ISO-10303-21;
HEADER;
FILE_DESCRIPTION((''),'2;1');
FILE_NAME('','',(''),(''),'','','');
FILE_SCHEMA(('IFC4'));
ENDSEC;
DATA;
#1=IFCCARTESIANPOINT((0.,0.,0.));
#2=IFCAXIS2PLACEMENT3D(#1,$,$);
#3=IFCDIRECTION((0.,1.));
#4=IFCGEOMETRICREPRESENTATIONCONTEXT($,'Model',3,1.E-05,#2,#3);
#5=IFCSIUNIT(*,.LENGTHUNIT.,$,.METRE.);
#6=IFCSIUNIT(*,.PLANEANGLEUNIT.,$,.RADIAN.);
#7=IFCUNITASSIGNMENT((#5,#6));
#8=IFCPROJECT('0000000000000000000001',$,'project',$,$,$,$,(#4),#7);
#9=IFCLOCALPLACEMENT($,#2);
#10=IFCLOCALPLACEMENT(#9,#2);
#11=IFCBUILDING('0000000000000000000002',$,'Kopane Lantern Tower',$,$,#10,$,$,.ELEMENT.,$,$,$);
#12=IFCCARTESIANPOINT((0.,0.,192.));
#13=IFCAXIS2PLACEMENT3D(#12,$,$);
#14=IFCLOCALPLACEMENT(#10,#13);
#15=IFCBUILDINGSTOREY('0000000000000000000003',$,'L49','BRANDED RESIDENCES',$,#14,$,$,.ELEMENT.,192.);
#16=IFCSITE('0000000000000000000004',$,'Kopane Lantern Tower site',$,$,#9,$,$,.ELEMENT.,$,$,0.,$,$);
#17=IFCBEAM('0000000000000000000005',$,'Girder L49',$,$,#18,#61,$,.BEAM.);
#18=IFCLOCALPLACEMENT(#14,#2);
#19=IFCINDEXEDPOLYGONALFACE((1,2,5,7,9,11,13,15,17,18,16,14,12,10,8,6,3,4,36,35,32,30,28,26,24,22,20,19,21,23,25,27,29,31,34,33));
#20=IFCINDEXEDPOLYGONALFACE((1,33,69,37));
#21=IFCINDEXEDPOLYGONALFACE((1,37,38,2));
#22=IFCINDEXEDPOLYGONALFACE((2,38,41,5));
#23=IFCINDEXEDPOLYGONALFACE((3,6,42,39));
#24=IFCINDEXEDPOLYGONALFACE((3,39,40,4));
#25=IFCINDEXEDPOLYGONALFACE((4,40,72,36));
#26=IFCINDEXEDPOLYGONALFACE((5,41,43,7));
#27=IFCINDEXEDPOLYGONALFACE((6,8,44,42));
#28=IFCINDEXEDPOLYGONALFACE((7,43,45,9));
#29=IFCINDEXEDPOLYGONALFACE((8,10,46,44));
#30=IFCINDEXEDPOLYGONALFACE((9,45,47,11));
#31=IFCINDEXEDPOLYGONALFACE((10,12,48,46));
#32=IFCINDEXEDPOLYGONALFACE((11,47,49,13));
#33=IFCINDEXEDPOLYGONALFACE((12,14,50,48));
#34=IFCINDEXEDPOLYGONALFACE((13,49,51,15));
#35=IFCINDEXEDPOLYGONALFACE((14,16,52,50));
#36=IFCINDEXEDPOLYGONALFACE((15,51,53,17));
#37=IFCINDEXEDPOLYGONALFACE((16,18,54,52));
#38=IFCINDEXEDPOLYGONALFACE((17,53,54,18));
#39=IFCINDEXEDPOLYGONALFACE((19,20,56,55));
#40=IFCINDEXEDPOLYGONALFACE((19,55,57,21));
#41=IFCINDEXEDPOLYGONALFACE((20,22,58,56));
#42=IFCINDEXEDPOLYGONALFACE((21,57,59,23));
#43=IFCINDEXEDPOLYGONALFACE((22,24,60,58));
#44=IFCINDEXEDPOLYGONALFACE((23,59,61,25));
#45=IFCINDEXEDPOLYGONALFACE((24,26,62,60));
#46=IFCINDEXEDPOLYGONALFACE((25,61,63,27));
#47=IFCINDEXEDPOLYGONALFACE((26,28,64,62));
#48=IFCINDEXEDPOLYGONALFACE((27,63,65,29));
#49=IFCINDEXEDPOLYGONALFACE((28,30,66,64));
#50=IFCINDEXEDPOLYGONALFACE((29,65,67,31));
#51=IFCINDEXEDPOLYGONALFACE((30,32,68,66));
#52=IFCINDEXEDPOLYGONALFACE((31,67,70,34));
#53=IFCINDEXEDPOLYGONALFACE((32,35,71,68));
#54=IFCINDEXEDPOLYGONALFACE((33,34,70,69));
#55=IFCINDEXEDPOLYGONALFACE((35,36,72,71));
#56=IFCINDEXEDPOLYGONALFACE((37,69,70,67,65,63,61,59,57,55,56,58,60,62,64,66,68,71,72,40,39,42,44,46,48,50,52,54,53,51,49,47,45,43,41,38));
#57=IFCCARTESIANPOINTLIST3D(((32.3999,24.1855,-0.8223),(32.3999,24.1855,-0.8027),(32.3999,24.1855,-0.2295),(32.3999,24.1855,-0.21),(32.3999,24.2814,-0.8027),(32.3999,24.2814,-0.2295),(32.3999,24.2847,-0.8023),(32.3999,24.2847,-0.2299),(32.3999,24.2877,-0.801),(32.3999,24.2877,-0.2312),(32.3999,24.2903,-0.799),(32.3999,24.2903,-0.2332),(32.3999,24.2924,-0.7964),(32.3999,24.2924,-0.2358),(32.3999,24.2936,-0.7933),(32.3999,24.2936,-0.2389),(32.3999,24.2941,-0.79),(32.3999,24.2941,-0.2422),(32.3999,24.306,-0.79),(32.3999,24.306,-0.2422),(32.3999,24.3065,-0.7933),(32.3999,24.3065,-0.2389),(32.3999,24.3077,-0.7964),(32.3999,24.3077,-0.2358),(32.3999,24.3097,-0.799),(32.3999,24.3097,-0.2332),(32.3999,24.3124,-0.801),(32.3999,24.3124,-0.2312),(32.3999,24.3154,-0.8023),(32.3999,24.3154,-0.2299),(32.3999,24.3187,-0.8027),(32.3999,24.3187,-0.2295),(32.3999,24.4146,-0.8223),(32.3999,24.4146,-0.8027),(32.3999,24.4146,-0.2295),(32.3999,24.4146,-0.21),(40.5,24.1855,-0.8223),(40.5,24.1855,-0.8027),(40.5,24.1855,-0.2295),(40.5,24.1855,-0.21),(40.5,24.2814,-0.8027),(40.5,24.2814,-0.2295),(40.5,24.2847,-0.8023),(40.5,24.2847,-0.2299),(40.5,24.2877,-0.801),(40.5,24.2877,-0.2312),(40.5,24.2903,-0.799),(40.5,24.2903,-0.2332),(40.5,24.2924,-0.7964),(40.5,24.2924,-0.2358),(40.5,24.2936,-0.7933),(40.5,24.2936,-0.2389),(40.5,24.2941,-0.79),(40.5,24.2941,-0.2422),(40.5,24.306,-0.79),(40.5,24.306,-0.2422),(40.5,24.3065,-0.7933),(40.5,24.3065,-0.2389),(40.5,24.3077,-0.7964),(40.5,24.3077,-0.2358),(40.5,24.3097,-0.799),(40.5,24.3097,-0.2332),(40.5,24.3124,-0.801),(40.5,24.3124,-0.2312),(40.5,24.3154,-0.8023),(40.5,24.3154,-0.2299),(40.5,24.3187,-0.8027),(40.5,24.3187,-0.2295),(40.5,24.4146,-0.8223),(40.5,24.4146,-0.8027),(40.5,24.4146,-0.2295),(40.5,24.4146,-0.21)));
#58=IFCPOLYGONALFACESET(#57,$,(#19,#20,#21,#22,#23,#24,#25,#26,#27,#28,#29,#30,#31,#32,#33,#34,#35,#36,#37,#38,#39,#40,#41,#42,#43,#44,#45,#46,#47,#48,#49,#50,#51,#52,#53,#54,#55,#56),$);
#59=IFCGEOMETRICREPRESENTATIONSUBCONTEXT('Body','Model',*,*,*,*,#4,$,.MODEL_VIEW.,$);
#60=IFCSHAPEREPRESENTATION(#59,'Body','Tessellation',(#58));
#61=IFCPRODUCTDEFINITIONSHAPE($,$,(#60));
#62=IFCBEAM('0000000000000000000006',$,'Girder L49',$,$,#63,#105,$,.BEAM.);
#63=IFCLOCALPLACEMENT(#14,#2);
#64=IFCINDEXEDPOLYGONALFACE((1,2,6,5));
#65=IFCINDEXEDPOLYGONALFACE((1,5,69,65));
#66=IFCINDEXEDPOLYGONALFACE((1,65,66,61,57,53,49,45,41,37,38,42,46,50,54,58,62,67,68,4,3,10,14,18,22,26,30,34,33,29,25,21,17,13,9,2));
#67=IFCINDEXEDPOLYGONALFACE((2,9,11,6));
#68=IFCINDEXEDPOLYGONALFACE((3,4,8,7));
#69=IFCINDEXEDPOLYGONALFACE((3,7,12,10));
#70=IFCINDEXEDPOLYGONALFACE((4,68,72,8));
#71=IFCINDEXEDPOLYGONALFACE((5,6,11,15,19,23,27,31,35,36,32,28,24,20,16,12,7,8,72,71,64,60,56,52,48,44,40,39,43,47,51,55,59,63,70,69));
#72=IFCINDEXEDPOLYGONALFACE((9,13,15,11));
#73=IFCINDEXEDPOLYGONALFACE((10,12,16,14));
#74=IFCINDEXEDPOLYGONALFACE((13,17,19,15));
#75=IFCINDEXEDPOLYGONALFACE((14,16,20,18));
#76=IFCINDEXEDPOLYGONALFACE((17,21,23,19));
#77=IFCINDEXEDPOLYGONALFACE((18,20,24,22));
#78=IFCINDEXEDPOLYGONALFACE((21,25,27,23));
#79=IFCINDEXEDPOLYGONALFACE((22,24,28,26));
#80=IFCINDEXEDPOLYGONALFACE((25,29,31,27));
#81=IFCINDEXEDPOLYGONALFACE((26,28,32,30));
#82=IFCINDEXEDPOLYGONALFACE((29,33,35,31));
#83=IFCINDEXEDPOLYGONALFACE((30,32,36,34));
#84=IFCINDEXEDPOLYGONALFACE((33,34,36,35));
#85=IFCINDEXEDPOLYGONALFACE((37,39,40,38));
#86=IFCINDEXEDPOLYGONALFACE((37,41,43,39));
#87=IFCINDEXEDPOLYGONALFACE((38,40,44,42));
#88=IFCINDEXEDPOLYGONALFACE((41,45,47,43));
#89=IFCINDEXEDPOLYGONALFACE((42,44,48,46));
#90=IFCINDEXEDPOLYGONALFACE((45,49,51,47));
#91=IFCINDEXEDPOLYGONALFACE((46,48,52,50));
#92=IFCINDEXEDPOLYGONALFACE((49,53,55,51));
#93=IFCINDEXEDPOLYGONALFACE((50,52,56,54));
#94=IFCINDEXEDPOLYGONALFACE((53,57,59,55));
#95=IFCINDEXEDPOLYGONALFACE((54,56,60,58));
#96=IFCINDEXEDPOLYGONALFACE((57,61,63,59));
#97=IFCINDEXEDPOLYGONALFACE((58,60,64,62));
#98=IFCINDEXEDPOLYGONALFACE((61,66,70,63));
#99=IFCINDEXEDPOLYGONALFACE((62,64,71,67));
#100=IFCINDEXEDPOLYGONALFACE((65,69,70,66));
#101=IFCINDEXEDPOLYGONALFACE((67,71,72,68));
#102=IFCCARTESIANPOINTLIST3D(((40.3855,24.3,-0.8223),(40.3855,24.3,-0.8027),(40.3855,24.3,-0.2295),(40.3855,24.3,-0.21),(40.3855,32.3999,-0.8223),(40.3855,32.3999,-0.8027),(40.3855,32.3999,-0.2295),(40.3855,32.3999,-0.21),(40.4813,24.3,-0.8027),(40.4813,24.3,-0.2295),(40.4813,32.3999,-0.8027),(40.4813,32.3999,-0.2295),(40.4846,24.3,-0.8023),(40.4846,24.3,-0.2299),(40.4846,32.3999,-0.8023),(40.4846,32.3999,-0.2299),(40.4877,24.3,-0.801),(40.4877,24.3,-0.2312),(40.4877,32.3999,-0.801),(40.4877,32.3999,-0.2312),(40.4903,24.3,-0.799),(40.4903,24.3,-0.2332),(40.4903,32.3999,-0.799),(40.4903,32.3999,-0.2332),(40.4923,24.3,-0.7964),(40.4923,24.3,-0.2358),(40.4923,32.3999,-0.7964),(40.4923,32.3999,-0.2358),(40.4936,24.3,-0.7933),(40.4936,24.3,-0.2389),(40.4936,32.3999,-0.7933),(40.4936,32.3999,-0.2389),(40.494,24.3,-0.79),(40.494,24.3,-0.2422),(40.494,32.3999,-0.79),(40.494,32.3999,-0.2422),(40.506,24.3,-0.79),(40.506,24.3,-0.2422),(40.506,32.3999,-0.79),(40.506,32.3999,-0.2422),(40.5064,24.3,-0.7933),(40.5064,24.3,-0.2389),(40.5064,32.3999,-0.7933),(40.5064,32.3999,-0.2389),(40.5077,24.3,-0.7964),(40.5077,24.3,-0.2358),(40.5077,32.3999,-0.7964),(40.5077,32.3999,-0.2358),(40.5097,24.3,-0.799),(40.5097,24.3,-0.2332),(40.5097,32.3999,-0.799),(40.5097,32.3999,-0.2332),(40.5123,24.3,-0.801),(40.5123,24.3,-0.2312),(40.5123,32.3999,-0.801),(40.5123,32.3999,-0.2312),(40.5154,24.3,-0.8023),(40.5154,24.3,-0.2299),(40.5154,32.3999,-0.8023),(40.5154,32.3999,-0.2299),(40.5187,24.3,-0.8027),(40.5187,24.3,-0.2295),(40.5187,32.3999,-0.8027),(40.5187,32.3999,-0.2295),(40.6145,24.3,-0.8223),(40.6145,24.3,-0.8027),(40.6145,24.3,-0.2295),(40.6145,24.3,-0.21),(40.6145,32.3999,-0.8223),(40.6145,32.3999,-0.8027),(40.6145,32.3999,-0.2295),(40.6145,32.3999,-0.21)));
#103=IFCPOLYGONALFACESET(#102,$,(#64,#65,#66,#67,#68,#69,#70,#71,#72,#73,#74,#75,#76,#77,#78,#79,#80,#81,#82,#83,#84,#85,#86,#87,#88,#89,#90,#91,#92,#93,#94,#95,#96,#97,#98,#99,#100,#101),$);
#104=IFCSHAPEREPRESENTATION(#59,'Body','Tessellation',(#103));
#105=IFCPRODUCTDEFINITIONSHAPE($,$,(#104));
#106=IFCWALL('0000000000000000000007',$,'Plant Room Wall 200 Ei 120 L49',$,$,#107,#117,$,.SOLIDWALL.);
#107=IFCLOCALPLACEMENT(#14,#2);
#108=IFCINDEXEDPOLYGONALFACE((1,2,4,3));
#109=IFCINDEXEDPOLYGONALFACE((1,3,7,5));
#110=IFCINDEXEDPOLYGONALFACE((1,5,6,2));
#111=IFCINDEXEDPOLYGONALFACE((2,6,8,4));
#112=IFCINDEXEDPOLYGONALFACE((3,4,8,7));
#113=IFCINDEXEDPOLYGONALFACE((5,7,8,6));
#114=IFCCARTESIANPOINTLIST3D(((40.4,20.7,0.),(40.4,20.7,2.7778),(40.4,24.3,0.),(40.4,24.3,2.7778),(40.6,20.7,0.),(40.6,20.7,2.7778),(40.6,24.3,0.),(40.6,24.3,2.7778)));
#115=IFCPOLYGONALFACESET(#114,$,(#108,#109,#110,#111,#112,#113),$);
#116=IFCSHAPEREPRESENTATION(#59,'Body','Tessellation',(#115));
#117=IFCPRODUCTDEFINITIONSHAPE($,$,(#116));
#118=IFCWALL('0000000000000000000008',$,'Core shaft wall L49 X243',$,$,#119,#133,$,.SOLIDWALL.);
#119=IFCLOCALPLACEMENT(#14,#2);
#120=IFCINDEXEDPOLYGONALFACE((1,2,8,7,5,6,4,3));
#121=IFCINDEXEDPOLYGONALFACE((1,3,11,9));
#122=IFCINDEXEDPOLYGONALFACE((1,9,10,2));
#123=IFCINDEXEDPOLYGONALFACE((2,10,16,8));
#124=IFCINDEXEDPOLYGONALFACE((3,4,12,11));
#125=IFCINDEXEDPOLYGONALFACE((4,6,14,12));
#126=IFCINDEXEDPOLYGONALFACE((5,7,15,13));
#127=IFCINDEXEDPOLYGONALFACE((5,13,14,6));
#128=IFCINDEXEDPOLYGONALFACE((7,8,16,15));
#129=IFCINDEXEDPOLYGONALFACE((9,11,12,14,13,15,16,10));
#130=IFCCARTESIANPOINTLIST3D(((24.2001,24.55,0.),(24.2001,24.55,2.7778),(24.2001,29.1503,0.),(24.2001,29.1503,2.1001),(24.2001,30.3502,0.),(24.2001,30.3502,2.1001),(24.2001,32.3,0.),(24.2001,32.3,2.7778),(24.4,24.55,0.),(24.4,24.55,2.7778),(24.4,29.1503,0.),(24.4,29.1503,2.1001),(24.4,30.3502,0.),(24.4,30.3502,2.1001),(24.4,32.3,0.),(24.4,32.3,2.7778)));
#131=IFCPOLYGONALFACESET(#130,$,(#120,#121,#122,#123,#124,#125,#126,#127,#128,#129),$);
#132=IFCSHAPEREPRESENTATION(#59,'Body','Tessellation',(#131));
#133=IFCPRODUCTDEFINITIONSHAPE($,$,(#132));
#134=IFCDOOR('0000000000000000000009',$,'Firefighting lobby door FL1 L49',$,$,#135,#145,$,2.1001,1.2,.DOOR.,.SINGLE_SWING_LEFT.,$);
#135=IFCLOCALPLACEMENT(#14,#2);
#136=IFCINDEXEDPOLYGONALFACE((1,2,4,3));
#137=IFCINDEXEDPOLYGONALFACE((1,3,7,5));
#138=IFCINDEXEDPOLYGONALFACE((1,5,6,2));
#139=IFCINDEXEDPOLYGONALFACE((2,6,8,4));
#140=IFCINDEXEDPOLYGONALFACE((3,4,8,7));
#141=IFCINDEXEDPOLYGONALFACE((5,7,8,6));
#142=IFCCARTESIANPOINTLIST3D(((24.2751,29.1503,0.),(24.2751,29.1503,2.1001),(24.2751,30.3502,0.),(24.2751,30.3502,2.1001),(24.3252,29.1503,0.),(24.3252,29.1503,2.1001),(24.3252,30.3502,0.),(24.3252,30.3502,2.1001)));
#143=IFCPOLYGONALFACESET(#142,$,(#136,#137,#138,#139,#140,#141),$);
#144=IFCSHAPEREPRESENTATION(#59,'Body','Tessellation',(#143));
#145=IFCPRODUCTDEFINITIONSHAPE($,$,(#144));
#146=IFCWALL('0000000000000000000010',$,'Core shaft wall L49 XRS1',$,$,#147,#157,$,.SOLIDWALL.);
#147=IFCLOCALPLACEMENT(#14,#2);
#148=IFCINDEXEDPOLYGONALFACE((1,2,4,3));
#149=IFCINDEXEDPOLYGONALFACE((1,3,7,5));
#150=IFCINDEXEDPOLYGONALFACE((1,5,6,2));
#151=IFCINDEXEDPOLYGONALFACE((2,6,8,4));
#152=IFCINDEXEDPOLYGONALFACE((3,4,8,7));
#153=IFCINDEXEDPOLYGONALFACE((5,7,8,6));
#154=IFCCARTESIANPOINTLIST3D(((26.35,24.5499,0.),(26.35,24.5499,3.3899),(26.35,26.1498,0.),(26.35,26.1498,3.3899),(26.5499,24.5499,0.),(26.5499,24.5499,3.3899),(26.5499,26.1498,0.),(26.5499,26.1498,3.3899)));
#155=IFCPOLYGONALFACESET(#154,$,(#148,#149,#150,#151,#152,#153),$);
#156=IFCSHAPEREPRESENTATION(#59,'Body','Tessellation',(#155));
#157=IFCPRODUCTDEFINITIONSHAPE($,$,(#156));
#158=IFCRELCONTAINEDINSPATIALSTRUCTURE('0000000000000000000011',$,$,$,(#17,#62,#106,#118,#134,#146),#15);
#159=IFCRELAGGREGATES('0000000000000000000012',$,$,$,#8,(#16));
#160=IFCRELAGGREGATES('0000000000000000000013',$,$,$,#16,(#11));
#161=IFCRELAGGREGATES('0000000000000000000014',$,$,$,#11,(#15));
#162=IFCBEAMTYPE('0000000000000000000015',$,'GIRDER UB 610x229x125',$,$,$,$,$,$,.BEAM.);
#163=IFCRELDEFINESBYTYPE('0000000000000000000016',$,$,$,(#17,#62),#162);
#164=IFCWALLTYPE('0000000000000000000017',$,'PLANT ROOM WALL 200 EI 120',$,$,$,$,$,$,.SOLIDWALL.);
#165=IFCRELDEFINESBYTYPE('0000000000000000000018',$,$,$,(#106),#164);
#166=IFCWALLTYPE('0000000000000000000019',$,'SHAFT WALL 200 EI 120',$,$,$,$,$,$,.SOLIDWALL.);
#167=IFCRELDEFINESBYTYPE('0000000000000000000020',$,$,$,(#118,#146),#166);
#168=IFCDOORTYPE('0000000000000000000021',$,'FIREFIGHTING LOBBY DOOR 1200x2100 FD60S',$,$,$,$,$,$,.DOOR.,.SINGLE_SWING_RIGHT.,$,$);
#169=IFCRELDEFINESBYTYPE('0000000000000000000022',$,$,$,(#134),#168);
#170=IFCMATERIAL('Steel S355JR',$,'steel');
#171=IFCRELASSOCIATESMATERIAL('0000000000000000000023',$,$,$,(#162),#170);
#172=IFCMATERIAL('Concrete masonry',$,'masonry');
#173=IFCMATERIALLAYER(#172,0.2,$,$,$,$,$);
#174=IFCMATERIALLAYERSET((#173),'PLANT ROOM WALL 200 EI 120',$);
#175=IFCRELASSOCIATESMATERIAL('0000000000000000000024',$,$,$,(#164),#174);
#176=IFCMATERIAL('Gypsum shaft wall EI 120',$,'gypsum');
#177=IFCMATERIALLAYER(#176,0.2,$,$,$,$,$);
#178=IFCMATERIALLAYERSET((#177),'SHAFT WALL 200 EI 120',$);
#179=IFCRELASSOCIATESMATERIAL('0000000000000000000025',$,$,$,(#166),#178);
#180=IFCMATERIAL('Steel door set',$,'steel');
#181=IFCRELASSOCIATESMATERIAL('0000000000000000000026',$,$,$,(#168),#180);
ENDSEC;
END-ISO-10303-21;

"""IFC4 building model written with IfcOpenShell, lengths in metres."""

from ifc_helpers import new_model, si_unit, direction, frame, frame_2d, origin, origin_2d, place, context, subcontext, project, spatial, rectangle, i_section, extrude, material, layer, layer_set, material_profile, profile_set, type_object, element, fill, save


model = new_model("IFC4")

# Units and contexts
model_context = context("Model", 3, precision=1e-05, world=origin(), true_north=direction((0.0, 1.0)))
body_context = subcontext(model_context, "Body", "Model", "MODEL_VIEW")
ifc_project = project(units=[si_unit("LENGTHUNIT", "METRE"), si_unit("PLANEANGLEUNIT", "RADIAN")], contexts=[model_context])

# Site, building, storey
site_placement = place(None, origin())
site = spatial("IfcSite", under=ifc_project, at=site_placement, Name="Kopane Lantern Tower site", CompositionType="ELEMENT", RefElevation=0.0)
building_placement = place(site_placement, origin())
building = spatial("IfcBuilding", under=site, at=building_placement, Name="Kopane Lantern Tower", CompositionType="ELEMENT")
storey_placement = place(building_placement, frame((0.0, 0.0, 192.0)))
storey = spatial("IfcBuildingStorey", under=building, at=storey_placement, Name="L49", Description="BRANDED RESIDENCES", CompositionType="ELEMENT", Elevation=192.0)

# Beams
ifc_material_1 = material(Name="Steel S355JR", Category="steel")
ifc_material_profile_1 = material_profile(ifc_material_1, i_section(OverallWidth=0.229, OverallDepth=0.6123, WebThickness=0.012, FlangeThickness=0.0195, FilletRadius=0.0127, at=origin_2d()), Name="UB 610x229x125")
ifc_profile_set_1 = profile_set([ifc_material_profile_1], Name="Steel S355JR")
beam_type_1 = type_object("IfcBeamType", Name="GIRDER UB 610x229x125", PredefinedType="BEAM", material=ifc_profile_set_1)
beam_1_placement = place(storey_placement, frame((32.3999, 24.3, -0.5161), z_axis=(1.0, 0.0, 0.0), x_axis=(0.0, 1.0, 0.0)))
element("IfcBeam", 1, at=beam_1_placement, inside=storey, type_object=beam_type_1, Name="Girder L49", PredefinedType="BEAM", context=body_context, shape_type="SweptSolid", body=[
    extrude(i_section(OverallWidth=0.229, OverallDepth=0.6123, WebThickness=0.012, FlangeThickness=0.0195, FilletRadius=0.0127, at=origin_2d()), origin(), (0.0, 0.0, 1.0), 8.1001),
])
beam_2_placement = place(storey_placement, frame((40.5, 24.3, -0.5161), z_axis=(0.0, 1.0, 0.0), x_axis=(-1.0, 0.0, 0.0)))
element("IfcBeam", 2, at=beam_2_placement, inside=storey, type_object=beam_type_1, Name="Girder L49", PredefinedType="BEAM", context=body_context, shape_type="SweptSolid", body=[
    extrude(i_section(OverallWidth=0.229, OverallDepth=0.6123, WebThickness=0.012, FlangeThickness=0.0195, FilletRadius=0.0127, at=origin_2d()), origin(), (0.0, 0.0, 1.0), 8.0999),
])

# Wall
ifc_material_2 = material(Name="Concrete masonry", Category="masonry")
ifc_layer_1 = layer(ifc_material_2, 0.2)
ifc_layer_set_1 = layer_set([ifc_layer_1], Name="PLANT ROOM WALL 200 EI 120")
wall_type_1 = type_object("IfcWallType", Name="PLANT ROOM WALL 200 EI 120", PredefinedType="SOLIDWALL", material=ifc_layer_set_1)
wall_1_placement = place(storey_placement, frame((40.5, 20.7, 0.0), z_axis=(0.0, 0.0, 1.0), x_axis=(0.0, 1.0, 0.0)))
element("IfcWall", 3, at=wall_1_placement, inside=storey, type_object=wall_type_1, Name="Plant Room Wall 200 Ei 120 L49", PredefinedType="SOLIDWALL", context=body_context, shape_type="SweptSolid", body=[
    extrude(rectangle(XDim=3.6001, YDim=0.2, at=frame_2d((1.8, 0.0))), origin(), (0.0, 0.0, 1.0), 2.7778),
])

# Wall, opening, door
ifc_material_3 = material(Name="Gypsum shaft wall EI 120", Category="gypsum")
ifc_layer_2 = layer(ifc_material_3, 0.2)
ifc_layer_set_2 = layer_set([ifc_layer_2], Name="SHAFT WALL 200 EI 120")
wall_type_2 = type_object("IfcWallType", Name="SHAFT WALL 200 EI 120", PredefinedType="SOLIDWALL", material=ifc_layer_set_2)
wall_2_placement = place(storey_placement, frame((24.3, 24.55, 0.0), z_axis=(0.0, 0.0, 1.0), x_axis=(0.0, 1.0, 0.0)))
wall_2 = element("IfcWall", 4, at=wall_2_placement, inside=storey, type_object=wall_type_2, Name="Core shaft wall L49 X243", PredefinedType="SOLIDWALL", context=body_context, shape_type="SweptSolid", body=[
    extrude(rectangle(XDim=7.75, YDim=0.2, at=frame_2d((3.875, 0.0))), origin(), (0.0, 0.0, 1.0), 2.7778),
])
opening_1_placement = place(wall_2_placement, frame((4.6001, 0.0, 0.0)))
opening_1 = element("IfcOpeningElement", 5, at=opening_1_placement, cuts=wall_2, PredefinedType="OPENING", context=body_context, shape_type="SweptSolid", body=[
    extrude(rectangle(XDim=1.2, YDim=2.1001, at=frame_2d((0.6001, 1.05))), frame((0.0, 0.1099, 0.0), z_axis=(0.0, -1.0, 0.0), x_axis=(1.0, 0.0, 0.0)), (0.0, 0.0, 1.0), 0.22),
])
ifc_material_4 = material(Name="Steel door set", Category="steel")
door_type_1 = type_object("IfcDoorType", Name="FIREFIGHTING LOBBY DOOR 1200x2100 FD60S", OperationType="SINGLE_SWING_RIGHT", PredefinedType="DOOR", material=ifc_material_4)
door_1_placement = place(opening_1_placement, origin())
door_1 = element("IfcDoor", 6, at=door_1_placement, inside=storey, type_object=door_type_1, Name="Firefighting lobby door FL1 L49", OperationType="SINGLE_SWING_LEFT", OverallHeight=2.1001, OverallWidth=1.2, PredefinedType="DOOR", context=body_context, shape_type="SweptSolid", body=[
    extrude(rectangle(XDim=1.2, YDim=2.1001, at=frame_2d((0.6001, 1.05))), frame((0.0, 0.0249, 0.0), z_axis=(0.0, -1.0, 0.0), x_axis=(1.0, 0.0, 0.0)), (0.0, 0.0, 1.0), 0.05),
])
fill(opening_1, door_1)

# Wall
wall_3_placement = place(storey_placement, frame((26.45, 24.55, 0.0), z_axis=(0.0, 0.0, 1.0), x_axis=(0.0, 1.0, 0.0)))
element("IfcWall", 7, at=wall_3_placement, inside=storey, type_object=wall_type_2, Name="Core shaft wall L49 XRS1", PredefinedType="SOLIDWALL", context=body_context, shape_type="SweptSolid", body=[
    extrude(rectangle(XDim=1.5999, YDim=0.2, at=frame_2d((0.7998, 0.0))), origin(), (0.0, 0.0, 1.0), 3.3899),
])

save(model, "model.ifc")
